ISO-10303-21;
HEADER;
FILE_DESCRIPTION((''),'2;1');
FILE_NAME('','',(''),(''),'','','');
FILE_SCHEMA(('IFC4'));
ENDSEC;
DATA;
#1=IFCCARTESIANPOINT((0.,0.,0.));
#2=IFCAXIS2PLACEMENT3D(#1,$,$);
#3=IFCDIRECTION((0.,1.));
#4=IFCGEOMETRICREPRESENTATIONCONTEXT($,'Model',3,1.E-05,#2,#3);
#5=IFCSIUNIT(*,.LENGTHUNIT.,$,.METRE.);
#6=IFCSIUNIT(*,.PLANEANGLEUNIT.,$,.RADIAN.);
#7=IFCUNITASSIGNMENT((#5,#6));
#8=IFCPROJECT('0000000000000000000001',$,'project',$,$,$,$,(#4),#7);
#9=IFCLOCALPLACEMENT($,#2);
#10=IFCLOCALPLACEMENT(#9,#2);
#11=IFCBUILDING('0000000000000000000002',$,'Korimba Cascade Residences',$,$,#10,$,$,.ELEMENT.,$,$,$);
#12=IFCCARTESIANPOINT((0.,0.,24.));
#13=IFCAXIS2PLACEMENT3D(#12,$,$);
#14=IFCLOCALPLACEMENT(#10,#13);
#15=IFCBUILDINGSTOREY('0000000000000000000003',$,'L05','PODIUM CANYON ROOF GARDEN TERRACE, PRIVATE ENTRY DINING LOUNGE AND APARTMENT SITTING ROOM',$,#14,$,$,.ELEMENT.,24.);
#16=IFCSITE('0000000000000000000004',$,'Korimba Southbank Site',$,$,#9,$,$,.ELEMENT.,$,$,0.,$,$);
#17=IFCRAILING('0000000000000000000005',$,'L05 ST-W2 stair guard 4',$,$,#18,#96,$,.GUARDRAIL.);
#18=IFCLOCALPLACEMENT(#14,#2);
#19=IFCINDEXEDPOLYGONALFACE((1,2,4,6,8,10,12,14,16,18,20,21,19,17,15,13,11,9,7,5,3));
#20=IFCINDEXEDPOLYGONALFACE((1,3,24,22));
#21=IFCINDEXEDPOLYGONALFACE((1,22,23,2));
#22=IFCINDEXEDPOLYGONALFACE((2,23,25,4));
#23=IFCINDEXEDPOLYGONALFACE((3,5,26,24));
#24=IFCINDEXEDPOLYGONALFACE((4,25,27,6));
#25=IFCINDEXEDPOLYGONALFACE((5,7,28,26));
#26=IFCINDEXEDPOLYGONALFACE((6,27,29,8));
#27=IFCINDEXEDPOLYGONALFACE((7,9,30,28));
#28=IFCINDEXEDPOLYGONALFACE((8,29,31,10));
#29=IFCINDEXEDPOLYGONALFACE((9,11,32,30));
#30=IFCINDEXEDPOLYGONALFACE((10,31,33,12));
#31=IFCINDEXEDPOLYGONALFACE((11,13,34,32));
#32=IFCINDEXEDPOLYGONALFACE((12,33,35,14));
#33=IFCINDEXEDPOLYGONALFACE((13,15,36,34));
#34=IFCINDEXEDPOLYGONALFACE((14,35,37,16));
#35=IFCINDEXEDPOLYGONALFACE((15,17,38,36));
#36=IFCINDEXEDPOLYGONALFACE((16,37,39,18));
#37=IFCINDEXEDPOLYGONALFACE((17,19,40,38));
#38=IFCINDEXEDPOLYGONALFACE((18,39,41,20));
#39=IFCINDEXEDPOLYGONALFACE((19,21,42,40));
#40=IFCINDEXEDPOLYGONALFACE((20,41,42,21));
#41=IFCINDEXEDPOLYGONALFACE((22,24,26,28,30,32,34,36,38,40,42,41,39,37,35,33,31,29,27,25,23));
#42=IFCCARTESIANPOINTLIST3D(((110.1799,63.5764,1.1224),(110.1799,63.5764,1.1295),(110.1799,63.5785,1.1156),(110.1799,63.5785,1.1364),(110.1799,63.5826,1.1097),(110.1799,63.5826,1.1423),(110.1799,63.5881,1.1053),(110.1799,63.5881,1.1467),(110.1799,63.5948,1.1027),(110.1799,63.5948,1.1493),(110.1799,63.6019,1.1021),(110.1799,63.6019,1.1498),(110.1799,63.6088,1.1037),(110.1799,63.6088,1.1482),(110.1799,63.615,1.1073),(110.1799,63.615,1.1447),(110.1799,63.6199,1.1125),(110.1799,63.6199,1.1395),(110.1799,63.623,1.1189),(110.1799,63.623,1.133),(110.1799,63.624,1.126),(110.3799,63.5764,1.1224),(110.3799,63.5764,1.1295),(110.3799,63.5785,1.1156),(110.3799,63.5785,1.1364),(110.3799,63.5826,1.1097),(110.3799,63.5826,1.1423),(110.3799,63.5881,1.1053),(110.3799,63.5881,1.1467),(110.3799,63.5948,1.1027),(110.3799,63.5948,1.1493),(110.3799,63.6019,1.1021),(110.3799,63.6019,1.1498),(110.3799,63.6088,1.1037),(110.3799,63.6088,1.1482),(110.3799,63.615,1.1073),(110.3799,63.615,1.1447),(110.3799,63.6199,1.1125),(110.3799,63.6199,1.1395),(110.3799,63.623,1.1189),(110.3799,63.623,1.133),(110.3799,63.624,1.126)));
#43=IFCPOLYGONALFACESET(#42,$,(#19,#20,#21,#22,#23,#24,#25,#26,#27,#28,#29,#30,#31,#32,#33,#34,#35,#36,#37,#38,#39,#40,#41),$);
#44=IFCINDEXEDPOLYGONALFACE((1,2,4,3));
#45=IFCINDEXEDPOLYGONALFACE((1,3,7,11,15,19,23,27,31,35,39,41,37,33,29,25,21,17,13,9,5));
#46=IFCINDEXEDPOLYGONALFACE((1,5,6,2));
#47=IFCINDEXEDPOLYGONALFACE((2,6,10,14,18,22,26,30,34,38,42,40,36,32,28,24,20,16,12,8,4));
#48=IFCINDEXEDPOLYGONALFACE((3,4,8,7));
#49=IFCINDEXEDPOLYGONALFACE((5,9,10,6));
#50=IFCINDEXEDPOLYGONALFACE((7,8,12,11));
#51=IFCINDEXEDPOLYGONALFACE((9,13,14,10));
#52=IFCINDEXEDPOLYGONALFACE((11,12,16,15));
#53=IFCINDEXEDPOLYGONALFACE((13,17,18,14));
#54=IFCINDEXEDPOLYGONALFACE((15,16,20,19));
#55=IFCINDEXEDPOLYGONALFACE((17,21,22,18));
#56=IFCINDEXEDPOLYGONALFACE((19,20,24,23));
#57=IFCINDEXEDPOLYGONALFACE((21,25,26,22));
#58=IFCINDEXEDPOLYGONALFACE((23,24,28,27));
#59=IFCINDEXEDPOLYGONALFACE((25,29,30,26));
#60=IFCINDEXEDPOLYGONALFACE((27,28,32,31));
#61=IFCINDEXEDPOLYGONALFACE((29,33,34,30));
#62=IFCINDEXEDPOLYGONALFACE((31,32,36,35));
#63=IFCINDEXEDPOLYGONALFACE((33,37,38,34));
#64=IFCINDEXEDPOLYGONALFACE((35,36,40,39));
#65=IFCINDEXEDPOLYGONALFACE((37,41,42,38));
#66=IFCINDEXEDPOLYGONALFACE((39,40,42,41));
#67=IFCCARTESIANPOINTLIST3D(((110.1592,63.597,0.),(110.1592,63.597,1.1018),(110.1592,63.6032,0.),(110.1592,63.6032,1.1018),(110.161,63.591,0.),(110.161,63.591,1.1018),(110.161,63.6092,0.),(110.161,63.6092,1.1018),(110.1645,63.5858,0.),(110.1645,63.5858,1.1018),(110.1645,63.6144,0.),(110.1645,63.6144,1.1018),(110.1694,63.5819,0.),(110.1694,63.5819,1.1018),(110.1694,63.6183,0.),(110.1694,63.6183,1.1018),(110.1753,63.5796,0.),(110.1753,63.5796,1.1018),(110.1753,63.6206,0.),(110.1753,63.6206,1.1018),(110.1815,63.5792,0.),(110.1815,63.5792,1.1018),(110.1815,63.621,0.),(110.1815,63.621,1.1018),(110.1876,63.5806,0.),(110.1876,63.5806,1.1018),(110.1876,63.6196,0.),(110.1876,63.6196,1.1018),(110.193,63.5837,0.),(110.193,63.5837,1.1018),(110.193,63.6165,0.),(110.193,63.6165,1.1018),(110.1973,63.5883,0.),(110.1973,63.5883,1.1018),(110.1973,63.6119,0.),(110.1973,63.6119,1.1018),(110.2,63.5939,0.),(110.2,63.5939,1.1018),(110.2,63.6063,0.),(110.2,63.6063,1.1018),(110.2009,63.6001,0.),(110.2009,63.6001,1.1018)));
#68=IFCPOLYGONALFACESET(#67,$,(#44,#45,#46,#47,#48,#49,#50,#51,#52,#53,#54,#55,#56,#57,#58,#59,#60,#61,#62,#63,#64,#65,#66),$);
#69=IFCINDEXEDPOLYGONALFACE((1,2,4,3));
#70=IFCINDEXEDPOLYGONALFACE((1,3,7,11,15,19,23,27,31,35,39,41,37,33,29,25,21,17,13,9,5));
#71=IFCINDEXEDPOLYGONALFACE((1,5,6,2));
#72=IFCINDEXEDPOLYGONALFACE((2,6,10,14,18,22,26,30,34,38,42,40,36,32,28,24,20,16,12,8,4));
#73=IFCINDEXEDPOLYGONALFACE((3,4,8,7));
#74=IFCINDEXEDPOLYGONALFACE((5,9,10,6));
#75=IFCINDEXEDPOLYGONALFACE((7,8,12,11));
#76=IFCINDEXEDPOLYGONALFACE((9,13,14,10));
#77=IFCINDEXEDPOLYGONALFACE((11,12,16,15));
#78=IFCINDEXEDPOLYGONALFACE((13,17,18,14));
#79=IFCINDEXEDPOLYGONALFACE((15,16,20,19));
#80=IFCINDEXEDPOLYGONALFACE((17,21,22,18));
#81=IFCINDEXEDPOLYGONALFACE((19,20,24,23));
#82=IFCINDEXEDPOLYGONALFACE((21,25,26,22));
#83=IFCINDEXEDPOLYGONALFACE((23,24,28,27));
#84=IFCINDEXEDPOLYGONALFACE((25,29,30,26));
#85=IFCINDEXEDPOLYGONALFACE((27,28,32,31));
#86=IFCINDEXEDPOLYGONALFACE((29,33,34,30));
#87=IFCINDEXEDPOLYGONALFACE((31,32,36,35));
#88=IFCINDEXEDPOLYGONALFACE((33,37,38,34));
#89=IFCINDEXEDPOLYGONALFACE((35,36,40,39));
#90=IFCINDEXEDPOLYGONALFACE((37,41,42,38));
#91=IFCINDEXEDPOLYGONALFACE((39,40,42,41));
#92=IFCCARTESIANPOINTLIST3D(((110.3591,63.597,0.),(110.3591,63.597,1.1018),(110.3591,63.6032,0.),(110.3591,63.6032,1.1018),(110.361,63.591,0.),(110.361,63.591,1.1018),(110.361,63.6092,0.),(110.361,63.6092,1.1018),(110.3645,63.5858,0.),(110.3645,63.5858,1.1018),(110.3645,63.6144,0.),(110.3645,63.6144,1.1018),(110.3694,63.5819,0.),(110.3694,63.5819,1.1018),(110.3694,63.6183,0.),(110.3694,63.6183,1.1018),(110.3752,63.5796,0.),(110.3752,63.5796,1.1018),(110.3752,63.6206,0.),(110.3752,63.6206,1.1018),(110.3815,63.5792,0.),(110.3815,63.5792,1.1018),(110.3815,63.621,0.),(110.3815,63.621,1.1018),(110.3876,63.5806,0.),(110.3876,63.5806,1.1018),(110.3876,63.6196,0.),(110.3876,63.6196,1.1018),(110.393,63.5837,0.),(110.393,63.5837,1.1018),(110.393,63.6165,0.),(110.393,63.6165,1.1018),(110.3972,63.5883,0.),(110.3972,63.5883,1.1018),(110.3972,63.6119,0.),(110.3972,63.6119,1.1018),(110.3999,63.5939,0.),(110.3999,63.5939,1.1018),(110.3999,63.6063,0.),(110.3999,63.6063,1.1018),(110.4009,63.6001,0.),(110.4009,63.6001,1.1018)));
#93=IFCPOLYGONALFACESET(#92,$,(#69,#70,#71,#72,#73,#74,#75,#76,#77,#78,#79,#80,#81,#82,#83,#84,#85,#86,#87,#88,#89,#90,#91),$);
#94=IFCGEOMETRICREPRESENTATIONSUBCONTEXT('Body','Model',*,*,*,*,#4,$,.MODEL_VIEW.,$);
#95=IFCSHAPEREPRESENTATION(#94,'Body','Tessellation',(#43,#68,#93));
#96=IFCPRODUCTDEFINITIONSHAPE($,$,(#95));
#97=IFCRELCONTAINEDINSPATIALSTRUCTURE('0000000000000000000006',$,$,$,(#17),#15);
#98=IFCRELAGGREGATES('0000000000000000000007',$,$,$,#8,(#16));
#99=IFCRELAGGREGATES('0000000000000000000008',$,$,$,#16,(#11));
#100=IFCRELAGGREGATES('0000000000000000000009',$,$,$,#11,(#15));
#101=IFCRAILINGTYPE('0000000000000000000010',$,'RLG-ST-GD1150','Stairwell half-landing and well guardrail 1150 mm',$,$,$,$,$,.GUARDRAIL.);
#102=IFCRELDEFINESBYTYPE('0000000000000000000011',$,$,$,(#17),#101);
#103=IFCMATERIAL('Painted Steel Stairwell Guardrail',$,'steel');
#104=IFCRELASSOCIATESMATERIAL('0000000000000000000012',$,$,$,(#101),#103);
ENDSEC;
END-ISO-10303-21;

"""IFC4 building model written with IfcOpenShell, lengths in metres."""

from ifc_helpers import new_model, si_unit, direction, frame, origin, origin_2d, place, context, subcontext, project, spatial, circle, extrude, material, type_object, element, save


model = new_model("IFC4")

# Units and contexts
model_context = context("Model", 3, precision=1e-05, world=origin(), true_north=direction((0.0, 1.0)))
body_context = subcontext(model_context, "Body", "Model", "MODEL_VIEW")
ifc_project = project(units=[si_unit("LENGTHUNIT", "METRE"), si_unit("PLANEANGLEUNIT", "RADIAN")], contexts=[model_context])

# Site, building, storey
site_placement = place(None, origin())
site = spatial("IfcSite", under=ifc_project, at=site_placement, Name="Korimba Southbank Site", CompositionType="ELEMENT", RefElevation=0.0)
building_placement = place(site_placement, origin())
building = spatial("IfcBuilding", under=site, at=building_placement, Name="Korimba Cascade Residences", CompositionType="ELEMENT")
storey_placement = place(building_placement, frame((0.0, 0.0, 24.0)))
storey = spatial("IfcBuildingStorey", under=building, at=storey_placement, Name="L05", Description="PODIUM CANYON ROOF GARDEN TERRACE, PRIVATE ENTRY DINING LOUNGE AND APARTMENT SITTING ROOM", CompositionType="ELEMENT", Elevation=24.0)

# Railing
ifc_material_1 = material(Name="Painted Steel Stairwell Guardrail", Category="steel")
railing_type_1 = type_object("IfcRailingType", Name="RLG-ST-GD1150", Description="Stairwell half-landing and well guardrail 1150 mm", PredefinedType="GUARDRAIL", material=ifc_material_1)
railing_1_placement = place(storey_placement, frame((110.1799, 63.6001, 0.0)))
element("IfcRailing", 1, at=railing_1_placement, inside=storey, type_object=railing_type_1, Name="L05 ST-W2 stair guard 4", PredefinedType="GUARDRAIL", context=body_context, shape_type="SweptSolid", body=[
    extrude(circle(Radius=0.0239, at=origin_2d()), frame((0.0, 0.0, 1.126), z_axis=(1.0, 0.0, 0.0), x_axis=(0.0, 1.0, 0.0)), (0.0, 0.0, 1.0), 0.2),
    extrude(circle(Radius=0.021, at=origin_2d()), origin(), (0.0, 0.0, 1.0), 1.1018),
    extrude(circle(Radius=0.021, at=origin_2d()), frame((0.2, 0.0, 0.0)), (0.0, 0.0, 1.0), 1.1018),
])

save(model, "model.ifc")
